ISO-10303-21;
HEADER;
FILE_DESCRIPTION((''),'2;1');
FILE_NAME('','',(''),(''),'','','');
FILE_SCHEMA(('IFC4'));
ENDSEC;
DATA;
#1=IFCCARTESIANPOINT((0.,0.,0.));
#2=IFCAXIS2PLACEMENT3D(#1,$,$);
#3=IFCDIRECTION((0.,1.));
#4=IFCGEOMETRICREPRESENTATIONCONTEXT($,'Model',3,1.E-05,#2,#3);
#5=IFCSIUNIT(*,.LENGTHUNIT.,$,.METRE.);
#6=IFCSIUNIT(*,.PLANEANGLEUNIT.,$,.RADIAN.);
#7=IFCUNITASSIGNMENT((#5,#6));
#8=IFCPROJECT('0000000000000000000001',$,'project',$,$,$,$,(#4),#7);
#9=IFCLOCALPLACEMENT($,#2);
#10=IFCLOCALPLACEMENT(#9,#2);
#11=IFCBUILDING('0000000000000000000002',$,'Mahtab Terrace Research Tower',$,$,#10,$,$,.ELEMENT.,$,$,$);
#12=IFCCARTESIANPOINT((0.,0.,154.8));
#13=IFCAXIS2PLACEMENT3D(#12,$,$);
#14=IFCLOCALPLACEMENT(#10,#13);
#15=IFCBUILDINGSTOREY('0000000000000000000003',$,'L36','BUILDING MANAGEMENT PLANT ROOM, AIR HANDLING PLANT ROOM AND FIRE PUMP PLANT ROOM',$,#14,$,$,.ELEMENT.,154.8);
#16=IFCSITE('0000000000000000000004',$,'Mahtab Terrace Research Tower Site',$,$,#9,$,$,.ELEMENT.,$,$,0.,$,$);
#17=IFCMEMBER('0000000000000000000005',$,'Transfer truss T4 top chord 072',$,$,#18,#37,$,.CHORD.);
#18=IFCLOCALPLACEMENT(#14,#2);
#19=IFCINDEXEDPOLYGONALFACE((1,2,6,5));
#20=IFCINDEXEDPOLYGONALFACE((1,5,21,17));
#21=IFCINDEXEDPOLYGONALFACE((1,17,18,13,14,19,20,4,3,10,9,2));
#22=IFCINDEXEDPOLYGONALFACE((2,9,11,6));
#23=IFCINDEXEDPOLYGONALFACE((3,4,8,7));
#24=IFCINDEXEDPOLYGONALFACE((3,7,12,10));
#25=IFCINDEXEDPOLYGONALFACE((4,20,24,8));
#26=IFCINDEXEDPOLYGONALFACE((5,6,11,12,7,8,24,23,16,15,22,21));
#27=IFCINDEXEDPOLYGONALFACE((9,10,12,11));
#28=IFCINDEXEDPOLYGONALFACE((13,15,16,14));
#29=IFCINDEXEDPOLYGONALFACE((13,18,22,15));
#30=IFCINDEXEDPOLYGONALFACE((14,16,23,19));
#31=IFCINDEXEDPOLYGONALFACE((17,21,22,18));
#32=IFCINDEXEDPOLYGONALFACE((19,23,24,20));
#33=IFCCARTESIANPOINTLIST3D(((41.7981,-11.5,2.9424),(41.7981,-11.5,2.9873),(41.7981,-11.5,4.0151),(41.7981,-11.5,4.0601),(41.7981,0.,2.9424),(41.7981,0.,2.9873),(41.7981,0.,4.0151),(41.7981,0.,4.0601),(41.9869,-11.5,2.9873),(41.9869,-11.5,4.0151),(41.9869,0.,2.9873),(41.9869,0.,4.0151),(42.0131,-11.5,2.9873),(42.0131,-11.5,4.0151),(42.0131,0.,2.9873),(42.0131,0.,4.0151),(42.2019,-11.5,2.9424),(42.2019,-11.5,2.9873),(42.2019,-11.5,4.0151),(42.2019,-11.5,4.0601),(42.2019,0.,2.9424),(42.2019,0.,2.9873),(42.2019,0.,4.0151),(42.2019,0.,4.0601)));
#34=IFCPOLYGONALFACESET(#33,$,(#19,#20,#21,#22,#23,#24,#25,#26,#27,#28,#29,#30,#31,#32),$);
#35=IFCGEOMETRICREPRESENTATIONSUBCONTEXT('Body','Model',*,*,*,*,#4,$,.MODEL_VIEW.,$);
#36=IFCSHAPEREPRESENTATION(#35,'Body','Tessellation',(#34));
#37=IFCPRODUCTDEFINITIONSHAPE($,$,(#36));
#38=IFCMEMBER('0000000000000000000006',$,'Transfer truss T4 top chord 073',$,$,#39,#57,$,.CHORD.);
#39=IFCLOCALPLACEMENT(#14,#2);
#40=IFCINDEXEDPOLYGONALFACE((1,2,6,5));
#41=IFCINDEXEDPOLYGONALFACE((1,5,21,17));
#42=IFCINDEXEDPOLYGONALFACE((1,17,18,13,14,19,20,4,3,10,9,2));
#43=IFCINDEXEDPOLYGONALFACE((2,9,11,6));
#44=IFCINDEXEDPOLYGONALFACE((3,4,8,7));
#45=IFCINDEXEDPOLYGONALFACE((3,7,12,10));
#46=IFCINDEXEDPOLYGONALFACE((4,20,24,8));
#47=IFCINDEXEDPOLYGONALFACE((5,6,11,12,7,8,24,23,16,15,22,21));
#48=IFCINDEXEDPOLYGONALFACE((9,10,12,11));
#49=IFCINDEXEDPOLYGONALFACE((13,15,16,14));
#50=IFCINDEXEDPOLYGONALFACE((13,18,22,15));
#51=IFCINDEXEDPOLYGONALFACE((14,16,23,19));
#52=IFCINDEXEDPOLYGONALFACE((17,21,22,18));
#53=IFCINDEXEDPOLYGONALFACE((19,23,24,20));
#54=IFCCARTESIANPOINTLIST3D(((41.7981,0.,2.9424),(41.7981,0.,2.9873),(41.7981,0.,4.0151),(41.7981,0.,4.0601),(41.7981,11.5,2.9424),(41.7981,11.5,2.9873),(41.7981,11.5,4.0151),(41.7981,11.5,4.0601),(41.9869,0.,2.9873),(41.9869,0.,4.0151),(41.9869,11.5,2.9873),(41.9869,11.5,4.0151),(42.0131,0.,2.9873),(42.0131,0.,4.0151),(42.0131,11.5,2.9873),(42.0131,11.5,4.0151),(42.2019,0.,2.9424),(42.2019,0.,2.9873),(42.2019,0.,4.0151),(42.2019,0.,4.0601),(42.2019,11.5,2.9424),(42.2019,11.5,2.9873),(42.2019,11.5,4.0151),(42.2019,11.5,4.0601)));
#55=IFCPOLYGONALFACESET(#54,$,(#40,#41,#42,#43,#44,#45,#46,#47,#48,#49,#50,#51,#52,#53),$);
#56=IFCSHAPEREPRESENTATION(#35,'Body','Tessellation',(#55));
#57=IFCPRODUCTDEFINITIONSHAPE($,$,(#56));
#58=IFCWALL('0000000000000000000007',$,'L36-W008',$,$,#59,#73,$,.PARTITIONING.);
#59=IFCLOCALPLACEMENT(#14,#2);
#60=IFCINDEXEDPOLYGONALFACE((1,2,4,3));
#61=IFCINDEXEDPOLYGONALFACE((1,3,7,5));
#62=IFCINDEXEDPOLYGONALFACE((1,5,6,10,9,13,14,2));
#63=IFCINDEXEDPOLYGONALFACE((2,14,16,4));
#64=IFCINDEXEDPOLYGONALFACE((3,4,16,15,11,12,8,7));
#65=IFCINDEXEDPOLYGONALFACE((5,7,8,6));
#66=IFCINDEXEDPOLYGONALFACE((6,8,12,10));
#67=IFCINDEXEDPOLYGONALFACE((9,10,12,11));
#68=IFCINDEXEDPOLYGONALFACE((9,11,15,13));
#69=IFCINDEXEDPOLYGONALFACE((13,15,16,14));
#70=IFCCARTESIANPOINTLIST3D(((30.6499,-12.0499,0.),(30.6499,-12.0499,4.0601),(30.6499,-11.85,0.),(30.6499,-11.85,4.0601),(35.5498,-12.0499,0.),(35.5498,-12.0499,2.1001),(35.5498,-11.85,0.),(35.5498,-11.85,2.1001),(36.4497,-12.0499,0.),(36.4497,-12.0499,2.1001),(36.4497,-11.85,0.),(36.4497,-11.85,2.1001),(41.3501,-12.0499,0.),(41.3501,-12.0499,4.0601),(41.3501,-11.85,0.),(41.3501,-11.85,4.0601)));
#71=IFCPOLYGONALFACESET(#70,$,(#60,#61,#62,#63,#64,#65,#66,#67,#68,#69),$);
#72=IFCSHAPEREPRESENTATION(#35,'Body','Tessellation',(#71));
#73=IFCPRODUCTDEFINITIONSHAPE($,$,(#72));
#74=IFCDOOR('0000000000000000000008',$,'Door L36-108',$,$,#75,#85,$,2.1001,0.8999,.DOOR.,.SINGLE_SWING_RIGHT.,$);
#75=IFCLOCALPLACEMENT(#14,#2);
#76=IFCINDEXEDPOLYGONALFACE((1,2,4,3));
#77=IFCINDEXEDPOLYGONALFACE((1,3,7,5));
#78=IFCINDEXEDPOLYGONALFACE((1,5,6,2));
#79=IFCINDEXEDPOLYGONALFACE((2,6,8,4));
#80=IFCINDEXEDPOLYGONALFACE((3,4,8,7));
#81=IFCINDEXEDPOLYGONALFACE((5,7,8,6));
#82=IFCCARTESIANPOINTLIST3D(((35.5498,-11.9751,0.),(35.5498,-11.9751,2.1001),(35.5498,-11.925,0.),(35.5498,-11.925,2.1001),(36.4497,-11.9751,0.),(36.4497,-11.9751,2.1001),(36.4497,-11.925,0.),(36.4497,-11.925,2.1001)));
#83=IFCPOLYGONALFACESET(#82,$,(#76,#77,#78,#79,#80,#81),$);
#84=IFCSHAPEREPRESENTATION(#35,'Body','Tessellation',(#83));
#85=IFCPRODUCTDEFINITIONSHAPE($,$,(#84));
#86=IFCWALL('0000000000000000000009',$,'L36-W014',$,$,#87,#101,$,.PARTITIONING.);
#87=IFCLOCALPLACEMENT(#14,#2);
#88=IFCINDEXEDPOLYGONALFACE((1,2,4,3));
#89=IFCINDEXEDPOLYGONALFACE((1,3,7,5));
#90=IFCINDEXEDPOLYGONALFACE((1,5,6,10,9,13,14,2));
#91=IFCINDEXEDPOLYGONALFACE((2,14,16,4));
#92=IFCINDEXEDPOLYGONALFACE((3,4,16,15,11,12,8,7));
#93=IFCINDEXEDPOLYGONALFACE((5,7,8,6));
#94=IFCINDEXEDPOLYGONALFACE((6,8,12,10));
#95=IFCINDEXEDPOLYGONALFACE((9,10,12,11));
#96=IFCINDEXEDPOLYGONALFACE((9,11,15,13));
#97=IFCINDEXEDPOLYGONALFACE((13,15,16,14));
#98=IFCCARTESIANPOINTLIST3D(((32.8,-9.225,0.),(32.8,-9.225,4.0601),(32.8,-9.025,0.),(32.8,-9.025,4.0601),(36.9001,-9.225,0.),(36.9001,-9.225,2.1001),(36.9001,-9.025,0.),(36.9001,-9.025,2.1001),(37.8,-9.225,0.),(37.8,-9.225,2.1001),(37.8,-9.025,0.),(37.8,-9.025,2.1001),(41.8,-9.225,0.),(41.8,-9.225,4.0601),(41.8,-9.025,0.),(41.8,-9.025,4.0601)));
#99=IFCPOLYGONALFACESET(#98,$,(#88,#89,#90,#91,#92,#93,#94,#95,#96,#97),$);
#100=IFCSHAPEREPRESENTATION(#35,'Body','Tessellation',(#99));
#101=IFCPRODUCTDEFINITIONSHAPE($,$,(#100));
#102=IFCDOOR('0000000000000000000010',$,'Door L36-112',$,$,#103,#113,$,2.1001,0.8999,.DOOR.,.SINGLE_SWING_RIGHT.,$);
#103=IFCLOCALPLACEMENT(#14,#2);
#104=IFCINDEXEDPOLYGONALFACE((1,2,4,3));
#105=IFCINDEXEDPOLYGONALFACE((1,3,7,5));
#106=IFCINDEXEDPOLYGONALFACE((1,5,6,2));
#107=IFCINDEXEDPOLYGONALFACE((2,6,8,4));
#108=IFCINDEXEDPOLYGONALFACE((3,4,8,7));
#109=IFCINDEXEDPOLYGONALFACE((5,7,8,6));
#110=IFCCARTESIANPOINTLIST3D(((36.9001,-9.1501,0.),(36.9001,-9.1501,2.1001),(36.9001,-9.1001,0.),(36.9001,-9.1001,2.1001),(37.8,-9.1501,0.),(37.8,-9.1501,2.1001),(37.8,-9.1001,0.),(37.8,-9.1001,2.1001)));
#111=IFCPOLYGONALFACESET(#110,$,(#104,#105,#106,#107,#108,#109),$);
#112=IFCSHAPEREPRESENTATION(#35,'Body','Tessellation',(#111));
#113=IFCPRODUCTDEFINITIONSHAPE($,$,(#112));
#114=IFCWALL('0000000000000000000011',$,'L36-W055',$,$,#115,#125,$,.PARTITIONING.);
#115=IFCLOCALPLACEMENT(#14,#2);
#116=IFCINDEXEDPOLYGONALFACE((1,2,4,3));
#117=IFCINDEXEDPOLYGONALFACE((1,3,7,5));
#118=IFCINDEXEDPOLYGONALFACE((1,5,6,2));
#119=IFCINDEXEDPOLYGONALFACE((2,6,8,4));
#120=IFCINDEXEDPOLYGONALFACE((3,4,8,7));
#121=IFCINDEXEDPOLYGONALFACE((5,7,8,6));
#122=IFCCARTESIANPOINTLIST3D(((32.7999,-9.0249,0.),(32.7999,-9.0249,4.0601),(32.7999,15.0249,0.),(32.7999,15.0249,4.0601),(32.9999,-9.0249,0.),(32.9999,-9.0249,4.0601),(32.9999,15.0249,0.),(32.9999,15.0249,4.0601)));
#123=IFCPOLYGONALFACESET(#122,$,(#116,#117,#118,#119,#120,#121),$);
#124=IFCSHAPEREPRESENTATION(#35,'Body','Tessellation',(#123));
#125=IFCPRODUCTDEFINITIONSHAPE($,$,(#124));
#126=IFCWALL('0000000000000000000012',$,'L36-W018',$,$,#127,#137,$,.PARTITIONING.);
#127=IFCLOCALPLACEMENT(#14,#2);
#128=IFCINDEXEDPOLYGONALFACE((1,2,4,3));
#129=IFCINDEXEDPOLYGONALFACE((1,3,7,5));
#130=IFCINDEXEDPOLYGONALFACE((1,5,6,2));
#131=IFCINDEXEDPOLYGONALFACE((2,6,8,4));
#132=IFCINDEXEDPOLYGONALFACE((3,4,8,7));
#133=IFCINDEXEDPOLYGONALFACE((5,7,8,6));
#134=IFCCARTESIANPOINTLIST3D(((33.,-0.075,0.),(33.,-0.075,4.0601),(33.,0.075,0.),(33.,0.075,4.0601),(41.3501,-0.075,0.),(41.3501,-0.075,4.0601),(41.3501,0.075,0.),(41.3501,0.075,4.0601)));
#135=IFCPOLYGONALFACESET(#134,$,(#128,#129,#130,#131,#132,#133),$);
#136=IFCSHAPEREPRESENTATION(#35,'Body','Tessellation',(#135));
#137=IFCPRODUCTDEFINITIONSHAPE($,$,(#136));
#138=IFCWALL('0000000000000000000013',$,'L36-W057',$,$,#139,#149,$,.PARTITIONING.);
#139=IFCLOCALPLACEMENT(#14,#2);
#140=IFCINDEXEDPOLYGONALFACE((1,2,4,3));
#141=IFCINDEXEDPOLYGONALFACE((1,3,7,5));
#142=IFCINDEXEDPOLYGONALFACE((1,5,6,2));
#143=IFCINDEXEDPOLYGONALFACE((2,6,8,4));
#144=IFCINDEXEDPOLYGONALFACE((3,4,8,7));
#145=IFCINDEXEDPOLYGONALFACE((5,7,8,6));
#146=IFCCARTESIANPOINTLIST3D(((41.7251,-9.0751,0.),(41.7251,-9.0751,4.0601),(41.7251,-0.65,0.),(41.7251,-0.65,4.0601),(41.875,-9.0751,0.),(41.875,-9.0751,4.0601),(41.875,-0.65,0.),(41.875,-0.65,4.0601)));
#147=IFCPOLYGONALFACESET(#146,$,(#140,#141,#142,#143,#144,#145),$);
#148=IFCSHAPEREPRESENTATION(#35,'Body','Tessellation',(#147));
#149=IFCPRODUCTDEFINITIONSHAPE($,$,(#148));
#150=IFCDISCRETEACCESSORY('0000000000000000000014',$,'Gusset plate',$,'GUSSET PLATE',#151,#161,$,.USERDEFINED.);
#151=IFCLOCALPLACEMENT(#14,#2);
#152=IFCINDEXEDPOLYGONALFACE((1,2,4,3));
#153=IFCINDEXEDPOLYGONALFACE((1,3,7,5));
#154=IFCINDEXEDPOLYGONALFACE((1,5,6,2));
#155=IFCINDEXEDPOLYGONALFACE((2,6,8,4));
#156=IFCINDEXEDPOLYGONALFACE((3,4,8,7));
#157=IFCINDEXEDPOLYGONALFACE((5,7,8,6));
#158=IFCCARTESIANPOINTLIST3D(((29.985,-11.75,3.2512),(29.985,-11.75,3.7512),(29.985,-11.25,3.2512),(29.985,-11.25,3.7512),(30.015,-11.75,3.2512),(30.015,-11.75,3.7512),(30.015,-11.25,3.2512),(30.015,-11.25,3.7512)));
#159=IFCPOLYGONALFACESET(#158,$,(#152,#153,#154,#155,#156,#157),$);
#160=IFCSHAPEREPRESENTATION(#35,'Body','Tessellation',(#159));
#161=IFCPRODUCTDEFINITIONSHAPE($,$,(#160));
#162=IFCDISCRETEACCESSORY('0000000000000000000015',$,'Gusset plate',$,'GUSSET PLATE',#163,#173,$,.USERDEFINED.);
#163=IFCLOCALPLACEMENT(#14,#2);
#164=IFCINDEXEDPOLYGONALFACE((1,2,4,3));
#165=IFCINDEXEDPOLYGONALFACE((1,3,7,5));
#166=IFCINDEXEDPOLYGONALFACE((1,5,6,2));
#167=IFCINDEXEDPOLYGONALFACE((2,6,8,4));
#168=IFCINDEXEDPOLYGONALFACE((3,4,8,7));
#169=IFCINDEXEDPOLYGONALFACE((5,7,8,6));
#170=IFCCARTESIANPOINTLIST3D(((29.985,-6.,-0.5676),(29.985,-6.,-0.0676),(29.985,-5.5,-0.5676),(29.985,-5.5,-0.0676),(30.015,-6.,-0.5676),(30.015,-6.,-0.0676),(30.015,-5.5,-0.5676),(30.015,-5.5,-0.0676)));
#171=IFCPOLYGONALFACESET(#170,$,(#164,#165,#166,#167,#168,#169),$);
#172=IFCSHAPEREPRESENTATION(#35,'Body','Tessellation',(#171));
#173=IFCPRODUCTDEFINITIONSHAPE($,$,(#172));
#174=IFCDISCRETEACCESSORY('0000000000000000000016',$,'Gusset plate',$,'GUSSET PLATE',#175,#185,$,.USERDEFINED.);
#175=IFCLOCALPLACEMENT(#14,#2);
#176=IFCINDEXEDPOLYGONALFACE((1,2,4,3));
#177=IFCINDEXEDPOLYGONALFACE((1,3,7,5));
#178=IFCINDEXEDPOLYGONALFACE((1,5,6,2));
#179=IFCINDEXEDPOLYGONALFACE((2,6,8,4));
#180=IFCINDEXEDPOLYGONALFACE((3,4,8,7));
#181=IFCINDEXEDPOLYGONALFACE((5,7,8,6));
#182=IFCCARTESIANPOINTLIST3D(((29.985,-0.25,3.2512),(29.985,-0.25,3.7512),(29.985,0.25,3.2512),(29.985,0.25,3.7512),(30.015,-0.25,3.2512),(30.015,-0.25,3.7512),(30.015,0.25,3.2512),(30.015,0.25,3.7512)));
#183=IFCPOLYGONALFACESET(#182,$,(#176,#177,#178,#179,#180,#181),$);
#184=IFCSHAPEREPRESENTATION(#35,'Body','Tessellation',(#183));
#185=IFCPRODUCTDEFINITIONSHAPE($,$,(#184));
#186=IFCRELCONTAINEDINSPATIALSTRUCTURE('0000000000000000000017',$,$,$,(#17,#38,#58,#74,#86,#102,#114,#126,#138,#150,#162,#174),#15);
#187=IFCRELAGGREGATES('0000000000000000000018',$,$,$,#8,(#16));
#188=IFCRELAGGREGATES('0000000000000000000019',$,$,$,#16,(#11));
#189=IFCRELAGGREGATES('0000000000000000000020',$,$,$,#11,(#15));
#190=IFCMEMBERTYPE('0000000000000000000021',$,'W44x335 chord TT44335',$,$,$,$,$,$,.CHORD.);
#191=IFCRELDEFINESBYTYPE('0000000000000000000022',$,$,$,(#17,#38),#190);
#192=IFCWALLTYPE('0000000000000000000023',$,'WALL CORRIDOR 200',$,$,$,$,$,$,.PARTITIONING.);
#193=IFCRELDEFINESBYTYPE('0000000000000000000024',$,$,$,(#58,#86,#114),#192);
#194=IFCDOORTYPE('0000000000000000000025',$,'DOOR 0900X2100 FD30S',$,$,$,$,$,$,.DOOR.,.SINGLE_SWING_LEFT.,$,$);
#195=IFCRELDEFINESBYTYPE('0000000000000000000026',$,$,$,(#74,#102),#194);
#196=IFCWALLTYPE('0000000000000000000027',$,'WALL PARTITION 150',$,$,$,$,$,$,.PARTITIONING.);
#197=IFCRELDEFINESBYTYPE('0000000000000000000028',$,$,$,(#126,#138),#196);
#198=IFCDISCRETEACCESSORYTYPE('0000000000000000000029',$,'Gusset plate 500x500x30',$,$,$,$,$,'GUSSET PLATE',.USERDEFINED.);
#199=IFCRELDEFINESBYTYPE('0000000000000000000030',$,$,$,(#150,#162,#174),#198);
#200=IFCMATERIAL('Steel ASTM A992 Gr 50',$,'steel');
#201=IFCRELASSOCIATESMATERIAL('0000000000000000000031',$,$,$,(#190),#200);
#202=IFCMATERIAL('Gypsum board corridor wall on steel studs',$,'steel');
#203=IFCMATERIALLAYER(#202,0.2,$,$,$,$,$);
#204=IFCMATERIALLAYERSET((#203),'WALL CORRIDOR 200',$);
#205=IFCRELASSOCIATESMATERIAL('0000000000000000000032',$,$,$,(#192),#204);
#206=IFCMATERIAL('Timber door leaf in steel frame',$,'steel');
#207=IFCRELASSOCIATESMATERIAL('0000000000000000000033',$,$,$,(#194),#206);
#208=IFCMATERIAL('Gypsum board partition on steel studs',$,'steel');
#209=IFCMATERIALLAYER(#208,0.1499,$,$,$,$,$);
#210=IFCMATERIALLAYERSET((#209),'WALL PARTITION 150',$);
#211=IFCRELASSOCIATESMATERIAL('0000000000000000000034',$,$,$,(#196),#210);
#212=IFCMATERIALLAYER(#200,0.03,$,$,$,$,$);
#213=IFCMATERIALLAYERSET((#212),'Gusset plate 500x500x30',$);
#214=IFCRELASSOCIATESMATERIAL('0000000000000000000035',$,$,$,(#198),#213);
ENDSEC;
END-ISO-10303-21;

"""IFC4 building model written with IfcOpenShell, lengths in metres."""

from ifc_helpers import new_model, si_unit, direction, frame, frame_2d, origin, origin_2d, place, context, subcontext, project, spatial, rectangle, i_section, extrude, material, layer, layer_set, material_profile, profile_set, type_object, element, fill, save


model = new_model("IFC4")

# Units and contexts
model_context = context("Model", 3, precision=1e-05, world=origin(), true_north=direction((0.0, 1.0)))
body_context = subcontext(model_context, "Body", "Model", "MODEL_VIEW")
ifc_project = project(units=[si_unit("LENGTHUNIT", "METRE"), si_unit("PLANEANGLEUNIT", "RADIAN")], contexts=[model_context])

# Site, building, storey
site_placement = place(None, origin())
site = spatial("IfcSite", under=ifc_project, at=site_placement, Name="Mahtab Terrace Research Tower Site", CompositionType="ELEMENT", RefElevation=0.0)
building_placement = place(site_placement, origin())
building = spatial("IfcBuilding", under=site, at=building_placement, Name="Mahtab Terrace Research Tower", CompositionType="ELEMENT")
storey_placement = place(building_placement, frame((0.0, 0.0, 154.8)))
storey = spatial("IfcBuildingStorey", under=building, at=storey_placement, Name="L36", Description="BUILDING MANAGEMENT PLANT ROOM, AIR HANDLING PLANT ROOM AND FIRE PUMP PLANT ROOM", CompositionType="ELEMENT", Elevation=154.8)

# Shared definitions
ifc_material_1 = material(Name="Steel ASTM A992 Gr 50", Category="steel")

# Members
ifc_material_profile_1 = material_profile(ifc_material_1, i_section(OverallWidth=0.4038, OverallDepth=1.1177, WebThickness=0.0261, FlangeThickness=0.0449, at=origin_2d()), Name="W44X335")
ifc_profile_set_1 = profile_set([ifc_material_profile_1], Name="Steel ASTM A992 Gr 50")
member_type_1 = type_object("IfcMemberType", Name="W44x335 chord TT44335", PredefinedType="CHORD", material=ifc_profile_set_1)
for number, where, z_axis, x_axis, name in (
    (1, (42.0, -11.5, 3.5012), (0.0, 1.0, 0.0), (-1.0, 0.0, 0.0), "Transfer truss T4 top chord 072"),
    (2, (42.0, 0.0, 3.5012), (0.0, 1.0, 0.0), (-1.0, 0.0, 0.0), "Transfer truss T4 top chord 073"),
):
    element("IfcMember", number, at=place(storey_placement, frame(where, z_axis=z_axis, x_axis=x_axis)), inside=storey, type_object=member_type_1, Name=name, PredefinedType="CHORD", context=body_context, shape_type="SweptSolid", body=[
        extrude(i_section(OverallWidth=0.4038, OverallDepth=1.1177, WebThickness=0.0261, FlangeThickness=0.0449, at=origin_2d()), origin(), (0.0, 0.0, 1.0), 11.5),
    ])

# Walls, openings, doors
ifc_material_2 = material(Name="Gypsum board corridor wall on steel studs", Category="steel")
ifc_layer_1 = layer(ifc_material_2, 0.2)
ifc_layer_set_1 = layer_set([ifc_layer_1], Name="WALL CORRIDOR 200")
wall_type_1 = type_object("IfcWallType", Name="WALL CORRIDOR 200", PredefinedType="PARTITIONING", material=ifc_layer_set_1)
wall_1_placement = place(storey_placement, frame((30.6499, -11.95, 0.0), z_axis=(0.0, 0.0, 1.0), x_axis=(1.0, 0.0, 0.0)))
wall_1 = element("IfcWall", 3, at=wall_1_placement, inside=storey, type_object=wall_type_1, Name="L36-W008", PredefinedType="PARTITIONING", context=body_context, shape_type="SweptSolid", body=[
    extrude(rectangle(XDim=10.7002, YDim=0.2, at=frame_2d((5.3501, 0.0))), origin(), (0.0, 0.0, 1.0), 4.0601),
])
opening_1_placement = place(wall_1_placement, frame((4.8999, 0.0, 0.0)))
opening_1 = element("IfcOpeningElement", 4, at=opening_1_placement, cuts=wall_1, PredefinedType="OPENING", context=body_context, shape_type="SweptSolid", body=[
    extrude(rectangle(XDim=0.8999, YDim=2.1001, at=frame_2d((0.45, 1.05))), frame((0.0, 0.1099, 0.0), z_axis=(0.0, -1.0, 0.0), x_axis=(1.0, 0.0, 0.0)), (0.0, 0.0, 1.0), 0.22),
])
ifc_material_3 = material(Name="Timber door leaf in steel frame", Category="steel")
door_type = type_object("IfcDoorType", Name="DOOR 0900X2100 FD30S", OperationType="SINGLE_SWING_LEFT", PredefinedType="DOOR", material=ifc_material_3)
door_1_placement = place(opening_1_placement, origin())
door_1 = element("IfcDoor", 5, at=door_1_placement, inside=storey, type_object=door_type, Name="Door L36-108", OperationType="SINGLE_SWING_RIGHT", OverallHeight=2.1001, OverallWidth=0.8999, PredefinedType="DOOR", context=body_context, shape_type="SweptSolid", body=[
    extrude(rectangle(XDim=0.8999, YDim=2.1001, at=frame_2d((0.45, 1.05))), frame((0.0, 0.0249, 0.0), z_axis=(0.0, -1.0, 0.0), x_axis=(1.0, 0.0, 0.0)), (0.0, 0.0, 1.0), 0.05),
])
fill(opening_1, door_1)
wall_2_placement = place(storey_placement, frame((32.8, -9.125, 0.0), z_axis=(0.0, 0.0, 1.0), x_axis=(1.0, 0.0, 0.0)))
wall_2 = element("IfcWall", 6, at=wall_2_placement, inside=storey, type_object=wall_type_1, Name="L36-W014", PredefinedType="PARTITIONING", context=body_context, shape_type="SweptSolid", body=[
    extrude(rectangle(XDim=9.0, YDim=0.2, at=frame_2d((4.5, 0.0))), origin(), (0.0, 0.0, 1.0), 4.0601),
])
opening_2_placement = place(wall_2_placement, frame((4.1001, 0.0, 0.0)))
opening_2 = element("IfcOpeningElement", 7, at=opening_2_placement, cuts=wall_2, PredefinedType="OPENING", context=body_context, shape_type="SweptSolid", body=[
    extrude(rectangle(XDim=0.8999, YDim=2.1001, at=frame_2d((0.45, 1.05))), frame((0.0, 0.1099, 0.0), z_axis=(0.0, -1.0, 0.0), x_axis=(1.0, 0.0, 0.0)), (0.0, 0.0, 1.0), 0.22),
])
door_2_placement = place(opening_2_placement, origin())
door_2 = element("IfcDoor", 8, at=door_2_placement, inside=storey, type_object=door_type, Name="Door L36-112", OperationType="SINGLE_SWING_RIGHT", OverallHeight=2.1001, OverallWidth=0.8999, PredefinedType="DOOR", context=body_context, shape_type="SweptSolid", body=[
    extrude(rectangle(XDim=0.8999, YDim=2.1001, at=frame_2d((0.45, 1.05))), frame((0.0, 0.0249, 0.0), z_axis=(0.0, -1.0, 0.0), x_axis=(1.0, 0.0, 0.0)), (0.0, 0.0, 1.0), 0.05),
])
fill(opening_2, door_2)

# Walls
wall_3_placement = place(storey_placement, frame((32.8999, -9.0249, 0.0), z_axis=(0.0, 0.0, 1.0), x_axis=(0.0, 1.0, 0.0)))
element("IfcWall", 9, at=wall_3_placement, inside=storey, type_object=wall_type_1, Name="L36-W055", PredefinedType="PARTITIONING", context=body_context, shape_type="SweptSolid", body=[
    extrude(rectangle(XDim=24.0498, YDim=0.2, at=frame_2d((12.0249, 0.0))), origin(), (0.0, 0.0, 1.0), 4.0601),
])
ifc_material_4 = material(Name="Gypsum board partition on steel studs", Category="steel")
ifc_layer_2 = layer(ifc_material_4, 0.1499)
ifc_layer_set_2 = layer_set([ifc_layer_2], Name="WALL PARTITION 150")
wall_type_2 = type_object("IfcWallType", Name="WALL PARTITION 150", PredefinedType="PARTITIONING", material=ifc_layer_set_2)
wall_4_placement = place(storey_placement, frame((33.0, 0.0, 0.0), z_axis=(0.0, 0.0, 1.0), x_axis=(1.0, 0.0, 0.0)))
element("IfcWall", 10, at=wall_4_placement, inside=storey, type_object=wall_type_2, Name="L36-W018", PredefinedType="PARTITIONING", context=body_context, shape_type="SweptSolid", body=[
    extrude(rectangle(XDim=8.3501, YDim=0.1499, at=frame_2d((4.175, 0.0))), origin(), (0.0, 0.0, 1.0), 4.0601),
])
wall_5_placement = place(storey_placement, frame((41.8, -9.075, 0.0), z_axis=(0.0, 0.0, 1.0), x_axis=(0.0, 1.0, 0.0)))
element("IfcWall", 11, at=wall_5_placement, inside=storey, type_object=wall_type_2, Name="L36-W057", PredefinedType="PARTITIONING", context=body_context, shape_type="SweptSolid", body=[
    extrude(rectangle(XDim=8.425, YDim=0.1499, at=frame_2d((4.2124, 0.0))), origin(), (0.0, 0.0, 1.0), 4.0601),
])

# Discrete accessories
ifc_layer_3 = layer(ifc_material_1, 0.03)
ifc_layer_set_3 = layer_set([ifc_layer_3], Name="Gusset plate 500x500x30")
discrete_accessory_type = type_object("IfcDiscreteAccessoryType", Name="Gusset plate 500x500x30", ElementType="GUSSET PLATE", PredefinedType="USERDEFINED", material=ifc_layer_set_3)
for number, where, z_axis, x_axis, name in (
    (12, (30.0, -11.5, 3.2512), (0.0, 0.0, 1.0), (0.0, 1.0, 0.0), "Gusset plate"),
    (13, (30.0, -5.75, -0.5676), (0.0, 0.0, 1.0), (0.0, 1.0, 0.0), "Gusset plate"),
    (14, (30.0, 0.0, 3.2512), (0.0, 0.0, 1.0), (0.0, 1.0, 0.0), "Gusset plate"),
):
    element("IfcDiscreteAccessory", number, at=place(storey_placement, frame(where, z_axis=z_axis, x_axis=x_axis)), inside=storey, type_object=discrete_accessory_type, Name=name, ObjectType="GUSSET PLATE", PredefinedType="USERDEFINED", context=body_context, shape_type="SweptSolid", body=[
        extrude(rectangle(XDim=0.5, YDim=0.03, at=origin_2d()), origin(), (0.0, 0.0, 1.0), 0.5),
    ])

save(model, "model.ifc")
